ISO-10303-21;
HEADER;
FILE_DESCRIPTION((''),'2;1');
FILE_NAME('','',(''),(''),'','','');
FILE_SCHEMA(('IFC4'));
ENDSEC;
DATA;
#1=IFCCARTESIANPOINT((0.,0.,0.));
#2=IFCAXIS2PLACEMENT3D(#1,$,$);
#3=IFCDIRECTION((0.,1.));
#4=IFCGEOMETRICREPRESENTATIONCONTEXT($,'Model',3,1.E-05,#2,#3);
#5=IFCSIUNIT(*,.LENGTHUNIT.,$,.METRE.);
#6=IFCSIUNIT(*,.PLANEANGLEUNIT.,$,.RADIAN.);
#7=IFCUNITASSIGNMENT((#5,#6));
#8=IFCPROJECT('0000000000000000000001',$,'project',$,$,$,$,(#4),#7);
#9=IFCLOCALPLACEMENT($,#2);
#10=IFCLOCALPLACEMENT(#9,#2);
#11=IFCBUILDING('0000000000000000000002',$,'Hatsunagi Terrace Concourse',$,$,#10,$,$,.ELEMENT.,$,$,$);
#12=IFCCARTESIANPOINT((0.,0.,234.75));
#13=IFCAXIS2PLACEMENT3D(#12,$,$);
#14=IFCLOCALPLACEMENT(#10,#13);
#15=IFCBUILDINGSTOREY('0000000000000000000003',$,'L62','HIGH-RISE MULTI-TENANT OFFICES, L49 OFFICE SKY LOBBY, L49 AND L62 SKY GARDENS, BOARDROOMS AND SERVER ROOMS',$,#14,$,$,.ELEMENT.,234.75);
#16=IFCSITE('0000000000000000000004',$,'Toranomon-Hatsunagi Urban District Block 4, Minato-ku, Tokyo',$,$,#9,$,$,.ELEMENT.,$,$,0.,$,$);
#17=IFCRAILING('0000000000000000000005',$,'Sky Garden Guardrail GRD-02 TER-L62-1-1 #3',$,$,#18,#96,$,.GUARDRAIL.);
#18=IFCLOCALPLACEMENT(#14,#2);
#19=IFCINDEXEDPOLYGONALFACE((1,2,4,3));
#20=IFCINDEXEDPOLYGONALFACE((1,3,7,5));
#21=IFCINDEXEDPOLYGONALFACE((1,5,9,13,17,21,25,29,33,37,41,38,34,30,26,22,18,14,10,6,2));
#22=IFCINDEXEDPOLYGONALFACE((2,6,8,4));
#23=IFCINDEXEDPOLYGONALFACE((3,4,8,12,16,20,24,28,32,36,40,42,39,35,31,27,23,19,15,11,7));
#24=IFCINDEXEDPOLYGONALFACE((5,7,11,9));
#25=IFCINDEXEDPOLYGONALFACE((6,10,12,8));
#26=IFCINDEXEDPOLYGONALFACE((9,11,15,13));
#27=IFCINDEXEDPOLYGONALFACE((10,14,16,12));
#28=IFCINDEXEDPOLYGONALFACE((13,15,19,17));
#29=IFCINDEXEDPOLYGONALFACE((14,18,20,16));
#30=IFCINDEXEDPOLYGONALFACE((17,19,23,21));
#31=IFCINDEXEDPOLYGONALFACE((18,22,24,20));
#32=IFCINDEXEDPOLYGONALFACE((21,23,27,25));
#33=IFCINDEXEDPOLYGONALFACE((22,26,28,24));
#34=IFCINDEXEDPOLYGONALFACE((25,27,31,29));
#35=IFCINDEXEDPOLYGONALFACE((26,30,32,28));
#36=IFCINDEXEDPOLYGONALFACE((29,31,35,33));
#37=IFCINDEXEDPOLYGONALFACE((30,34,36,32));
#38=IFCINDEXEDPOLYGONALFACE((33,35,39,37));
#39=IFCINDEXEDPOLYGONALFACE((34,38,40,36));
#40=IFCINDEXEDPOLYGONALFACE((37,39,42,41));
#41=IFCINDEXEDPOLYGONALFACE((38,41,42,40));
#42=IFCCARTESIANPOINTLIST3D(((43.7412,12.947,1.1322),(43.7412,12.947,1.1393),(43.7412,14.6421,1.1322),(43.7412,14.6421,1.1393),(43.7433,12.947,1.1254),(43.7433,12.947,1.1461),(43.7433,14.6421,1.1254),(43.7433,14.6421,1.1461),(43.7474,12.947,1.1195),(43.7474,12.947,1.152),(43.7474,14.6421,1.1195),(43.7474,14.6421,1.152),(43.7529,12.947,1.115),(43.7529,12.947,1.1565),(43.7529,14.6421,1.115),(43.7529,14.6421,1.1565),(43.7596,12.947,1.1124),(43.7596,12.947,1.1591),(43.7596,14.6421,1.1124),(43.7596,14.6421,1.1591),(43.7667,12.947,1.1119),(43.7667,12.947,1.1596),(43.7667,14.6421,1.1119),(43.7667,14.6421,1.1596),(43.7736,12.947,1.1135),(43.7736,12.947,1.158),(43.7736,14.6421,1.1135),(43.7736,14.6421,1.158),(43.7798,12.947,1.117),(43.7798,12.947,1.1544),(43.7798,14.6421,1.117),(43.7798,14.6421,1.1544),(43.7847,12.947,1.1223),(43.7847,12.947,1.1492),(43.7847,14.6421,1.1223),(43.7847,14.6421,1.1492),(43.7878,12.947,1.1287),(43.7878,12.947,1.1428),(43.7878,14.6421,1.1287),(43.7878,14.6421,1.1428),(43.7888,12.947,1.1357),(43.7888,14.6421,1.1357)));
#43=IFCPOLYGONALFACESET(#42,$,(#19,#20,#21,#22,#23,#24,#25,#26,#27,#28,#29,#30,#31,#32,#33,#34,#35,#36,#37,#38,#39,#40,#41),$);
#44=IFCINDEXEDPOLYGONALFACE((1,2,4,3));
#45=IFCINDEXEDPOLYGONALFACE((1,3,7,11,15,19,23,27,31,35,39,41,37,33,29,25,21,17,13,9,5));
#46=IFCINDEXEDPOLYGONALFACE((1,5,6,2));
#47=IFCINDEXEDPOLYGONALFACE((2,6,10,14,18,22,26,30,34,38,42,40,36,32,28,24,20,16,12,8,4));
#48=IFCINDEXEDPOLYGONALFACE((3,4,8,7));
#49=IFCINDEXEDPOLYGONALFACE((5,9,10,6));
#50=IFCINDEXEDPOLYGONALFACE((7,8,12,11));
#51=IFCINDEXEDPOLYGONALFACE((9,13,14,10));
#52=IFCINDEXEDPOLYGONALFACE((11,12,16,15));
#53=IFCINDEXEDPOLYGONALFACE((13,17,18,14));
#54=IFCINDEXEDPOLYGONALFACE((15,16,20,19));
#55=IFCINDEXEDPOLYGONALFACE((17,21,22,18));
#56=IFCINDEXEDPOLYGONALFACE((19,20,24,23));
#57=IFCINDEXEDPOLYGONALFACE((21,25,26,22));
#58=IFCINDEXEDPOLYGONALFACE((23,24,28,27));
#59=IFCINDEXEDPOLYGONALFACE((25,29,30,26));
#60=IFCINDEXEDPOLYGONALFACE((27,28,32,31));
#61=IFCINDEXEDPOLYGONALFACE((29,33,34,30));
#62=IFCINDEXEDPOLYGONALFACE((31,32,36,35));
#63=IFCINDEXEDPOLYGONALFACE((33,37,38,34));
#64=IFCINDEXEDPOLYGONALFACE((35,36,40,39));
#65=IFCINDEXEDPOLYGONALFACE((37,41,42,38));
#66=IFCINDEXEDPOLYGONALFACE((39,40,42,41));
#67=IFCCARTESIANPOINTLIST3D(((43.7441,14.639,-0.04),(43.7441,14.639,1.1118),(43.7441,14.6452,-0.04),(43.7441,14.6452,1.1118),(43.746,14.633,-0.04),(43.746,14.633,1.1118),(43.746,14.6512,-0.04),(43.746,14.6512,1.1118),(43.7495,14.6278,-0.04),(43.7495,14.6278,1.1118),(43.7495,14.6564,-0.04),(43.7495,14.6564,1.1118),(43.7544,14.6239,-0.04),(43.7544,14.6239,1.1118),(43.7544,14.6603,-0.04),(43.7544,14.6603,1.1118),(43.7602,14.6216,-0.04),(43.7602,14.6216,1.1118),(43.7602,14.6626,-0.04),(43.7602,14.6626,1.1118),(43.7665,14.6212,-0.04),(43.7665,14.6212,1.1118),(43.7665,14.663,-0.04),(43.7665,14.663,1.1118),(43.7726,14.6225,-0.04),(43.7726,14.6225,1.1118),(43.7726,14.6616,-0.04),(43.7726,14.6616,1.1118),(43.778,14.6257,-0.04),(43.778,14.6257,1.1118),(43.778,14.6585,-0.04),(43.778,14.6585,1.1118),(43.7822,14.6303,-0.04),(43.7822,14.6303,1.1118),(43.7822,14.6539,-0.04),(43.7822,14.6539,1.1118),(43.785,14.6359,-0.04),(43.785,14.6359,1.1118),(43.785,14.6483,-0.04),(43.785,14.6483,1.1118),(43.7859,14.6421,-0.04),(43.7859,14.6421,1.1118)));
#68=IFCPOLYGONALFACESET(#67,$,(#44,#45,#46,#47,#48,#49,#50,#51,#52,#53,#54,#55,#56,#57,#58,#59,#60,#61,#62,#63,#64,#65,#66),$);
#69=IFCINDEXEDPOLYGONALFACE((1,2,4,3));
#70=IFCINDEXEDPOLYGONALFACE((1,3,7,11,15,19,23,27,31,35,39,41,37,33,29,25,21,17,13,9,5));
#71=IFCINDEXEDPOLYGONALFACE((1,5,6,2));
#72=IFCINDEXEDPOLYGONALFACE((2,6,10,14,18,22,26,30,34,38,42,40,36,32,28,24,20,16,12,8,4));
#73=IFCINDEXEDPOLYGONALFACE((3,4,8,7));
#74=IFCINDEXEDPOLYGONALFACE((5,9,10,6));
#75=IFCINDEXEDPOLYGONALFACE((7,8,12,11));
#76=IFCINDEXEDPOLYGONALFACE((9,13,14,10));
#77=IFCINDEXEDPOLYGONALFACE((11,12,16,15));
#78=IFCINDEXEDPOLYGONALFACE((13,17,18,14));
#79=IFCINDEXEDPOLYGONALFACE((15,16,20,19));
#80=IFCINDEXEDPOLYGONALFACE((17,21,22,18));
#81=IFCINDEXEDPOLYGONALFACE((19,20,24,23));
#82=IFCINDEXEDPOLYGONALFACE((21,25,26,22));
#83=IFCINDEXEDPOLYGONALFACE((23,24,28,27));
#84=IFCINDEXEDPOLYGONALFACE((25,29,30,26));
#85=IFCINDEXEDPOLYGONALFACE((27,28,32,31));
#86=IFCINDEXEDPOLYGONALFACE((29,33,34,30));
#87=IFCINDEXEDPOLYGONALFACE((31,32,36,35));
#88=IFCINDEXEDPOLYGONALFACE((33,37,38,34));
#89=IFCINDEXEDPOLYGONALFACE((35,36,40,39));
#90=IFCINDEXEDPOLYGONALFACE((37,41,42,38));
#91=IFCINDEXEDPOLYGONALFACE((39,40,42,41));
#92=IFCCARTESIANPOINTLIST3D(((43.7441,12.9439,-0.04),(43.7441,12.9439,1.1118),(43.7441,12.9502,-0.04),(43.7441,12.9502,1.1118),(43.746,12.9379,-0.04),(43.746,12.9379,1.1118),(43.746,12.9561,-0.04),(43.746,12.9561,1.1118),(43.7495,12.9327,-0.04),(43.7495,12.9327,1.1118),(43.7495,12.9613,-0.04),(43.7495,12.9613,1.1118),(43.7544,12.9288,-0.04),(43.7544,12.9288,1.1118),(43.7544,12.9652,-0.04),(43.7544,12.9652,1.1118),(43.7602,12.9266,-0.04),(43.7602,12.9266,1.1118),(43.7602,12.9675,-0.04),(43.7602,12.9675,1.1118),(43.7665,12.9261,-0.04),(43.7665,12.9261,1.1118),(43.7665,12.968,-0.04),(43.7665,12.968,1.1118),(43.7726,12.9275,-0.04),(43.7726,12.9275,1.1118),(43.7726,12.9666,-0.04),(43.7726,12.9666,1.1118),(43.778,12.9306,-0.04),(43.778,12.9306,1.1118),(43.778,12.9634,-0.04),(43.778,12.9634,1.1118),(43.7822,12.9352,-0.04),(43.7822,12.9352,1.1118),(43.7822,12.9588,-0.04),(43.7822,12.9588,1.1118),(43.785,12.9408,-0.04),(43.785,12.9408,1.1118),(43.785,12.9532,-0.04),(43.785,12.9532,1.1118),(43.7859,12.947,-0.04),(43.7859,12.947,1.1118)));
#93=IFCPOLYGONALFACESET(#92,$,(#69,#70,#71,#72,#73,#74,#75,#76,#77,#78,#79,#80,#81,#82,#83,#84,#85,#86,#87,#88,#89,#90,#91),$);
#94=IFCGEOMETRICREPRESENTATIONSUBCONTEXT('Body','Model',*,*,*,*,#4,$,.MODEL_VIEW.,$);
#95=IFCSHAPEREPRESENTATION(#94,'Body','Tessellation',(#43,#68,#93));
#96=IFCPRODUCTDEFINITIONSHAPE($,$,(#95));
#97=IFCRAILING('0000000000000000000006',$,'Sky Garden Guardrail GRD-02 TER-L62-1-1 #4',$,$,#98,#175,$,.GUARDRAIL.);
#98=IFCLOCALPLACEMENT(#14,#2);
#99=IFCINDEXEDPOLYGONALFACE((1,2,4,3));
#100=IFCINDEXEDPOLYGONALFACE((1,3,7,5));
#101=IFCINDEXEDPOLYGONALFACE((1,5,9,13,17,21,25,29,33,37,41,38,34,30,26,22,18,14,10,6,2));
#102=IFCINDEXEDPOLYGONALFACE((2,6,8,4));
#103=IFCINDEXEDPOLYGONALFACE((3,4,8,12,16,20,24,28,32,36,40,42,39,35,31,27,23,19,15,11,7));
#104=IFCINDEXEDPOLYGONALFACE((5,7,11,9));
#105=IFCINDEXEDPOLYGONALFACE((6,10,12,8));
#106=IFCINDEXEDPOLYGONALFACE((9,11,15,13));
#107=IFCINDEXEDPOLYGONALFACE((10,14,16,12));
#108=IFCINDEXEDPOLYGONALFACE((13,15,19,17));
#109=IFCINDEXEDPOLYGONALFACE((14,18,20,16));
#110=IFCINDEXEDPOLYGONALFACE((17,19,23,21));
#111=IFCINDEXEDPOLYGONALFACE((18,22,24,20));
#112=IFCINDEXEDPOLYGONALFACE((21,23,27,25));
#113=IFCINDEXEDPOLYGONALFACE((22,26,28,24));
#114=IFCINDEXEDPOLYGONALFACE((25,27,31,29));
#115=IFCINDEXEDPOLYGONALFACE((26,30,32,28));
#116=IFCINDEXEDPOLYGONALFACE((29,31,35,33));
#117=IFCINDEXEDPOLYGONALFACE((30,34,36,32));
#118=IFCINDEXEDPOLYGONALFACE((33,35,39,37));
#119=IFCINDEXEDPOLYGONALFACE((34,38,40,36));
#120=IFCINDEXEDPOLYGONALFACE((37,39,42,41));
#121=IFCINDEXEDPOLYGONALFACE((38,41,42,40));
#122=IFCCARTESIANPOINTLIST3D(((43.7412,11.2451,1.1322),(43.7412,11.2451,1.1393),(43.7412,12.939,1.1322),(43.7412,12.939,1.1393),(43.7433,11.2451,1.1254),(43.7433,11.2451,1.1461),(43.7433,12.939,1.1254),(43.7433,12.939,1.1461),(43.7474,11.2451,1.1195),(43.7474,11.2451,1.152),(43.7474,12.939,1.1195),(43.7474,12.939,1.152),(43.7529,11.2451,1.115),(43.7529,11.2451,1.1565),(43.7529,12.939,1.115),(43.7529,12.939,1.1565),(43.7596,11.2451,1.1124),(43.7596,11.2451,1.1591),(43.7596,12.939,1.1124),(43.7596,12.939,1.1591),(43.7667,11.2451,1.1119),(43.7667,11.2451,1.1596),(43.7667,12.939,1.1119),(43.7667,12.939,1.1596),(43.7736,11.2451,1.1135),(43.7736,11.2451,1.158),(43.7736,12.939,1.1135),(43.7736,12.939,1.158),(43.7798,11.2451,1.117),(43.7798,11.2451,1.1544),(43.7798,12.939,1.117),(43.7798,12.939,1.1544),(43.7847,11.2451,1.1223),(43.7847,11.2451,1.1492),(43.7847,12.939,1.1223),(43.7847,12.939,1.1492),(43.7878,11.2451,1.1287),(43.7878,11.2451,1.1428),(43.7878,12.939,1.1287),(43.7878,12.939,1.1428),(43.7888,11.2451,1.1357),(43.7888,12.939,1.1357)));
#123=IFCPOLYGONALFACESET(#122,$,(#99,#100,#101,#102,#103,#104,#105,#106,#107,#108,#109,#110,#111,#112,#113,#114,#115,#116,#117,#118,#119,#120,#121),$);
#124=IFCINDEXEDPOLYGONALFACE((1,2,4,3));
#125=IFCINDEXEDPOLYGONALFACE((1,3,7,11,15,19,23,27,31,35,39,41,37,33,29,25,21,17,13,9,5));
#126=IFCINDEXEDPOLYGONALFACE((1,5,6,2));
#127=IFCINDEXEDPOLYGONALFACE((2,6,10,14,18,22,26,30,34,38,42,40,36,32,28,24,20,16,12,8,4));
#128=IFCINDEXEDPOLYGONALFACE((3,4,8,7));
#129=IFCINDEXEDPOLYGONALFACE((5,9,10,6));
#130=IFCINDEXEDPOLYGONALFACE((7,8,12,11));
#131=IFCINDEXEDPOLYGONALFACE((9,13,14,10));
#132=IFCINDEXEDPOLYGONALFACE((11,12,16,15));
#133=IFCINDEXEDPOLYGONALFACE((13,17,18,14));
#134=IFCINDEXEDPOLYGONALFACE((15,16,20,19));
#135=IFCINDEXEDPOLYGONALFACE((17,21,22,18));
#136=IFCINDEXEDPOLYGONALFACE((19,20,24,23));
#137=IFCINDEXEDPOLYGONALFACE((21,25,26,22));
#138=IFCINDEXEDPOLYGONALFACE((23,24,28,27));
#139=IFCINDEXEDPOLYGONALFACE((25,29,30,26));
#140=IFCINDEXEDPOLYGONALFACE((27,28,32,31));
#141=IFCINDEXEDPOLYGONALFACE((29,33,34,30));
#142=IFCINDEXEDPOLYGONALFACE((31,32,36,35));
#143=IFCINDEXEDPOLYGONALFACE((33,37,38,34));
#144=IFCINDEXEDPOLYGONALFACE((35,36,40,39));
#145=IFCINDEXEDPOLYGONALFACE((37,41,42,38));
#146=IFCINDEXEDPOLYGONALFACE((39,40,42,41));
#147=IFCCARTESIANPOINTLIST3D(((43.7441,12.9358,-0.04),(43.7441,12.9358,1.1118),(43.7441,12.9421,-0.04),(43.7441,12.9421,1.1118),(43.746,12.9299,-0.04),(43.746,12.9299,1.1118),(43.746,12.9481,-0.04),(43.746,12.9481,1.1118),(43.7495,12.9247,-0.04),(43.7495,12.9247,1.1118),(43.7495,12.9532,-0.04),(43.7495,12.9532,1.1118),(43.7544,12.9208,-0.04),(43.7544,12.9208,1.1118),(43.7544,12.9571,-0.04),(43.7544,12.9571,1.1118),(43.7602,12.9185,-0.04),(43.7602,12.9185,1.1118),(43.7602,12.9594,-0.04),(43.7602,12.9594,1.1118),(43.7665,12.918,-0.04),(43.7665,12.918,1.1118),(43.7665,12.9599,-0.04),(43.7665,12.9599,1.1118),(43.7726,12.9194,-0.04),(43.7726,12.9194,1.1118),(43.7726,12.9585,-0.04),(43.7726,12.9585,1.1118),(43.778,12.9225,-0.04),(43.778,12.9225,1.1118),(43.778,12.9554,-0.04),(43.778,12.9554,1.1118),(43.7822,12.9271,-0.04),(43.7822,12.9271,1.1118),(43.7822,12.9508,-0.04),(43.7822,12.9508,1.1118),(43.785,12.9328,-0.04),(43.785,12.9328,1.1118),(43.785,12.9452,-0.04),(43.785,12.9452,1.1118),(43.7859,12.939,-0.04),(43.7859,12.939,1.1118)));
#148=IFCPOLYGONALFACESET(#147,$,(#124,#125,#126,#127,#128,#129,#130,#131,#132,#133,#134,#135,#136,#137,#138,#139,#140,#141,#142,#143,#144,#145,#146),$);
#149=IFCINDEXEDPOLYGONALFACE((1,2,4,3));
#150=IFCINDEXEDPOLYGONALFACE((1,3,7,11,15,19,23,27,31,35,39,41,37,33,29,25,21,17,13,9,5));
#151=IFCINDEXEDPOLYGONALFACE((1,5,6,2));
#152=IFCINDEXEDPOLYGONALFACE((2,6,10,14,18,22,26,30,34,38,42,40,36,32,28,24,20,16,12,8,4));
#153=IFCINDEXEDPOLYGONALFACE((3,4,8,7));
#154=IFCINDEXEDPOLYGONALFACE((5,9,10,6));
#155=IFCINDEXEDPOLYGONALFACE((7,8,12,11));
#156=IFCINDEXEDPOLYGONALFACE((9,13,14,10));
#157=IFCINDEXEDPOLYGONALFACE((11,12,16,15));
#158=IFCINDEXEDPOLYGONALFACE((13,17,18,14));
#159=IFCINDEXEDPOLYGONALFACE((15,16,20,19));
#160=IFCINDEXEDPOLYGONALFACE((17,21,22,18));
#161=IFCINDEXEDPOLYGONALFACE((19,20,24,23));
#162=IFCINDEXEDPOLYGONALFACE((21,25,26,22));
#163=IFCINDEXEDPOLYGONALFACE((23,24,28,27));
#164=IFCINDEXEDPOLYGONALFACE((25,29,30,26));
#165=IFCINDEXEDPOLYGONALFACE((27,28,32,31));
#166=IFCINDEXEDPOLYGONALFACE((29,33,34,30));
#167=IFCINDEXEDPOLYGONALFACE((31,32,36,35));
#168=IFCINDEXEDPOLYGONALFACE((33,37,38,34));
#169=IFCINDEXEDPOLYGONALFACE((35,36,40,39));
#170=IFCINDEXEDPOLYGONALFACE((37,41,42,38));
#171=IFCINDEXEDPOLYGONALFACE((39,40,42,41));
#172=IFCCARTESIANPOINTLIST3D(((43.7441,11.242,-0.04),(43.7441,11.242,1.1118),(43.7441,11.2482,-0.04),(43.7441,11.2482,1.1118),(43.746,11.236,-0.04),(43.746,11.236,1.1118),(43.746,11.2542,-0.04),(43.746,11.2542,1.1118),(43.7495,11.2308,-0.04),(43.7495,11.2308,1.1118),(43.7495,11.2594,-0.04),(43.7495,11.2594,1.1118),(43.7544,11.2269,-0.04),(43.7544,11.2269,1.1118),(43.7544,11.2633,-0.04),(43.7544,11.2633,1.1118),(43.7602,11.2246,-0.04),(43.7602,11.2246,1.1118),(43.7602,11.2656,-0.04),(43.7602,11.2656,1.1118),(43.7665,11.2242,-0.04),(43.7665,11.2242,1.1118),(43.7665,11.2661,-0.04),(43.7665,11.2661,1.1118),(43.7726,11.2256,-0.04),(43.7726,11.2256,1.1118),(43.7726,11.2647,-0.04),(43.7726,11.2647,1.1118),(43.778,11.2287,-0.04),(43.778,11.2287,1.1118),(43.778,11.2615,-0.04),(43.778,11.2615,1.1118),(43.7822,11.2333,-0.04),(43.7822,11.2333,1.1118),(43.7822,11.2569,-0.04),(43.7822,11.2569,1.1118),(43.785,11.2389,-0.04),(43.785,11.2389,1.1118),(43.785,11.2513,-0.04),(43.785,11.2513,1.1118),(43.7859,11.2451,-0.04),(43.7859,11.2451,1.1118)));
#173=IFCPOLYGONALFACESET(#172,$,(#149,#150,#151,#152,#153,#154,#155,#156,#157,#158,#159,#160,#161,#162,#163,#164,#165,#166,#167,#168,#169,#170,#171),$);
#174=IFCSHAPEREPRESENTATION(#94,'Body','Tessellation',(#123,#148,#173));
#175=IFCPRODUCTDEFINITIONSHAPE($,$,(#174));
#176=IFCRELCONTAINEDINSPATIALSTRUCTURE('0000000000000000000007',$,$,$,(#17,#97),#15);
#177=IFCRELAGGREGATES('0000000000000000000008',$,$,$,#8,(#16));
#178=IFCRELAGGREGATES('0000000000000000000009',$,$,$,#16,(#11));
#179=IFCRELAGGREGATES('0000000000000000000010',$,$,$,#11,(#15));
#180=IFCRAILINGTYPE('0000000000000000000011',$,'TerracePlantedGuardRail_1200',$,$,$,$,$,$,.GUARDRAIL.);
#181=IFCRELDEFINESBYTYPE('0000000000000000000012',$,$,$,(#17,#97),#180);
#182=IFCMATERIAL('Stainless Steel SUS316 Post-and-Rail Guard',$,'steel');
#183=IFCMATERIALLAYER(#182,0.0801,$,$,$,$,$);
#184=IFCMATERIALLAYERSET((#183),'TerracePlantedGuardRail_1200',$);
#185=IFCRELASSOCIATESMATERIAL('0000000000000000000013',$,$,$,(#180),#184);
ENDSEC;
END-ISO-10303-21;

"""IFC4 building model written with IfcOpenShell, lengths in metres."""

from ifc_helpers import new_model, si_unit, direction, frame, origin, origin_2d, place, context, subcontext, project, spatial, circle, extrude, material, layer, layer_set, type_object, element, save


model = new_model("IFC4")

# Units and contexts
model_context = context("Model", 3, precision=1e-05, world=origin(), true_north=direction((0.0, 1.0)))
body_context = subcontext(model_context, "Body", "Model", "MODEL_VIEW")
ifc_project = project(units=[si_unit("LENGTHUNIT", "METRE"), si_unit("PLANEANGLEUNIT", "RADIAN")], contexts=[model_context])

# Site, building, storey
site_placement = place(None, origin())
site = spatial("IfcSite", under=ifc_project, at=site_placement, Name="Toranomon-Hatsunagi Urban District Block 4, Minato-ku, Tokyo", CompositionType="ELEMENT", RefElevation=0.0)
building_placement = place(site_placement, origin())
building = spatial("IfcBuilding", under=site, at=building_placement, Name="Hatsunagi Terrace Concourse", CompositionType="ELEMENT")
storey_placement = place(building_placement, frame((0.0, 0.0, 234.75)))
storey = spatial("IfcBuildingStorey", under=building, at=storey_placement, Name="L62", Description="HIGH-RISE MULTI-TENANT OFFICES, L49 OFFICE SKY LOBBY, L49 AND L62 SKY GARDENS, BOARDROOMS AND SERVER ROOMS", CompositionType="ELEMENT", Elevation=234.75)

# Railings
ifc_material_1 = material(Name="Stainless Steel SUS316 Post-and-Rail Guard", Category="steel")
ifc_layer_1 = layer(ifc_material_1, 0.0801)
ifc_layer_set_1 = layer_set([ifc_layer_1], Name="TerracePlantedGuardRail_1200")
railing_type = type_object("IfcRailingType", Name="TerracePlantedGuardRail_1200", PredefinedType="GUARDRAIL", material=ifc_layer_set_1)
railing_1_placement = place(storey_placement, frame((43.7649, 14.6421, -0.04)))
element("IfcRailing", 1, at=railing_1_placement, inside=storey, type_object=railing_type, Name="Sky Garden Guardrail GRD-02 TER-L62-1-1 #3", PredefinedType="GUARDRAIL", context=body_context, shape_type="SweptSolid", body=[
    extrude(circle(Radius=0.0239, at=origin_2d()), frame((0.0, 0.0, 1.1758), z_axis=(0.0, -1.0, 0.0), x_axis=(1.0, 0.0, 0.0)), (0.0, 0.0, 1.0), 1.6951),
    extrude(circle(Radius=0.021, at=origin_2d()), origin(), (0.0, 0.0, 1.0), 1.1519),
    extrude(circle(Radius=0.021, at=origin_2d()), frame((0.0, -1.6951, 0.0)), (0.0, 0.0, 1.0), 1.1519),
])
railing_2_placement = place(storey_placement, frame((43.7649, 12.939, -0.04)))
element("IfcRailing", 2, at=railing_2_placement, inside=storey, type_object=railing_type, Name="Sky Garden Guardrail GRD-02 TER-L62-1-1 #4", PredefinedType="GUARDRAIL", context=body_context, shape_type="SweptSolid", body=[
    extrude(circle(Radius=0.0239, at=origin_2d()), frame((0.0, 0.0, 1.1758), z_axis=(0.0, -1.0, 0.0), x_axis=(1.0, 0.0, 0.0)), (0.0, 0.0, 1.0), 1.6938),
    extrude(circle(Radius=0.021, at=origin_2d()), origin(), (0.0, 0.0, 1.0), 1.1519),
    extrude(circle(Radius=0.021, at=origin_2d()), frame((0.0, -1.6938, 0.0)), (0.0, 0.0, 1.0), 1.1519),
])

save(model, "model.ifc")
